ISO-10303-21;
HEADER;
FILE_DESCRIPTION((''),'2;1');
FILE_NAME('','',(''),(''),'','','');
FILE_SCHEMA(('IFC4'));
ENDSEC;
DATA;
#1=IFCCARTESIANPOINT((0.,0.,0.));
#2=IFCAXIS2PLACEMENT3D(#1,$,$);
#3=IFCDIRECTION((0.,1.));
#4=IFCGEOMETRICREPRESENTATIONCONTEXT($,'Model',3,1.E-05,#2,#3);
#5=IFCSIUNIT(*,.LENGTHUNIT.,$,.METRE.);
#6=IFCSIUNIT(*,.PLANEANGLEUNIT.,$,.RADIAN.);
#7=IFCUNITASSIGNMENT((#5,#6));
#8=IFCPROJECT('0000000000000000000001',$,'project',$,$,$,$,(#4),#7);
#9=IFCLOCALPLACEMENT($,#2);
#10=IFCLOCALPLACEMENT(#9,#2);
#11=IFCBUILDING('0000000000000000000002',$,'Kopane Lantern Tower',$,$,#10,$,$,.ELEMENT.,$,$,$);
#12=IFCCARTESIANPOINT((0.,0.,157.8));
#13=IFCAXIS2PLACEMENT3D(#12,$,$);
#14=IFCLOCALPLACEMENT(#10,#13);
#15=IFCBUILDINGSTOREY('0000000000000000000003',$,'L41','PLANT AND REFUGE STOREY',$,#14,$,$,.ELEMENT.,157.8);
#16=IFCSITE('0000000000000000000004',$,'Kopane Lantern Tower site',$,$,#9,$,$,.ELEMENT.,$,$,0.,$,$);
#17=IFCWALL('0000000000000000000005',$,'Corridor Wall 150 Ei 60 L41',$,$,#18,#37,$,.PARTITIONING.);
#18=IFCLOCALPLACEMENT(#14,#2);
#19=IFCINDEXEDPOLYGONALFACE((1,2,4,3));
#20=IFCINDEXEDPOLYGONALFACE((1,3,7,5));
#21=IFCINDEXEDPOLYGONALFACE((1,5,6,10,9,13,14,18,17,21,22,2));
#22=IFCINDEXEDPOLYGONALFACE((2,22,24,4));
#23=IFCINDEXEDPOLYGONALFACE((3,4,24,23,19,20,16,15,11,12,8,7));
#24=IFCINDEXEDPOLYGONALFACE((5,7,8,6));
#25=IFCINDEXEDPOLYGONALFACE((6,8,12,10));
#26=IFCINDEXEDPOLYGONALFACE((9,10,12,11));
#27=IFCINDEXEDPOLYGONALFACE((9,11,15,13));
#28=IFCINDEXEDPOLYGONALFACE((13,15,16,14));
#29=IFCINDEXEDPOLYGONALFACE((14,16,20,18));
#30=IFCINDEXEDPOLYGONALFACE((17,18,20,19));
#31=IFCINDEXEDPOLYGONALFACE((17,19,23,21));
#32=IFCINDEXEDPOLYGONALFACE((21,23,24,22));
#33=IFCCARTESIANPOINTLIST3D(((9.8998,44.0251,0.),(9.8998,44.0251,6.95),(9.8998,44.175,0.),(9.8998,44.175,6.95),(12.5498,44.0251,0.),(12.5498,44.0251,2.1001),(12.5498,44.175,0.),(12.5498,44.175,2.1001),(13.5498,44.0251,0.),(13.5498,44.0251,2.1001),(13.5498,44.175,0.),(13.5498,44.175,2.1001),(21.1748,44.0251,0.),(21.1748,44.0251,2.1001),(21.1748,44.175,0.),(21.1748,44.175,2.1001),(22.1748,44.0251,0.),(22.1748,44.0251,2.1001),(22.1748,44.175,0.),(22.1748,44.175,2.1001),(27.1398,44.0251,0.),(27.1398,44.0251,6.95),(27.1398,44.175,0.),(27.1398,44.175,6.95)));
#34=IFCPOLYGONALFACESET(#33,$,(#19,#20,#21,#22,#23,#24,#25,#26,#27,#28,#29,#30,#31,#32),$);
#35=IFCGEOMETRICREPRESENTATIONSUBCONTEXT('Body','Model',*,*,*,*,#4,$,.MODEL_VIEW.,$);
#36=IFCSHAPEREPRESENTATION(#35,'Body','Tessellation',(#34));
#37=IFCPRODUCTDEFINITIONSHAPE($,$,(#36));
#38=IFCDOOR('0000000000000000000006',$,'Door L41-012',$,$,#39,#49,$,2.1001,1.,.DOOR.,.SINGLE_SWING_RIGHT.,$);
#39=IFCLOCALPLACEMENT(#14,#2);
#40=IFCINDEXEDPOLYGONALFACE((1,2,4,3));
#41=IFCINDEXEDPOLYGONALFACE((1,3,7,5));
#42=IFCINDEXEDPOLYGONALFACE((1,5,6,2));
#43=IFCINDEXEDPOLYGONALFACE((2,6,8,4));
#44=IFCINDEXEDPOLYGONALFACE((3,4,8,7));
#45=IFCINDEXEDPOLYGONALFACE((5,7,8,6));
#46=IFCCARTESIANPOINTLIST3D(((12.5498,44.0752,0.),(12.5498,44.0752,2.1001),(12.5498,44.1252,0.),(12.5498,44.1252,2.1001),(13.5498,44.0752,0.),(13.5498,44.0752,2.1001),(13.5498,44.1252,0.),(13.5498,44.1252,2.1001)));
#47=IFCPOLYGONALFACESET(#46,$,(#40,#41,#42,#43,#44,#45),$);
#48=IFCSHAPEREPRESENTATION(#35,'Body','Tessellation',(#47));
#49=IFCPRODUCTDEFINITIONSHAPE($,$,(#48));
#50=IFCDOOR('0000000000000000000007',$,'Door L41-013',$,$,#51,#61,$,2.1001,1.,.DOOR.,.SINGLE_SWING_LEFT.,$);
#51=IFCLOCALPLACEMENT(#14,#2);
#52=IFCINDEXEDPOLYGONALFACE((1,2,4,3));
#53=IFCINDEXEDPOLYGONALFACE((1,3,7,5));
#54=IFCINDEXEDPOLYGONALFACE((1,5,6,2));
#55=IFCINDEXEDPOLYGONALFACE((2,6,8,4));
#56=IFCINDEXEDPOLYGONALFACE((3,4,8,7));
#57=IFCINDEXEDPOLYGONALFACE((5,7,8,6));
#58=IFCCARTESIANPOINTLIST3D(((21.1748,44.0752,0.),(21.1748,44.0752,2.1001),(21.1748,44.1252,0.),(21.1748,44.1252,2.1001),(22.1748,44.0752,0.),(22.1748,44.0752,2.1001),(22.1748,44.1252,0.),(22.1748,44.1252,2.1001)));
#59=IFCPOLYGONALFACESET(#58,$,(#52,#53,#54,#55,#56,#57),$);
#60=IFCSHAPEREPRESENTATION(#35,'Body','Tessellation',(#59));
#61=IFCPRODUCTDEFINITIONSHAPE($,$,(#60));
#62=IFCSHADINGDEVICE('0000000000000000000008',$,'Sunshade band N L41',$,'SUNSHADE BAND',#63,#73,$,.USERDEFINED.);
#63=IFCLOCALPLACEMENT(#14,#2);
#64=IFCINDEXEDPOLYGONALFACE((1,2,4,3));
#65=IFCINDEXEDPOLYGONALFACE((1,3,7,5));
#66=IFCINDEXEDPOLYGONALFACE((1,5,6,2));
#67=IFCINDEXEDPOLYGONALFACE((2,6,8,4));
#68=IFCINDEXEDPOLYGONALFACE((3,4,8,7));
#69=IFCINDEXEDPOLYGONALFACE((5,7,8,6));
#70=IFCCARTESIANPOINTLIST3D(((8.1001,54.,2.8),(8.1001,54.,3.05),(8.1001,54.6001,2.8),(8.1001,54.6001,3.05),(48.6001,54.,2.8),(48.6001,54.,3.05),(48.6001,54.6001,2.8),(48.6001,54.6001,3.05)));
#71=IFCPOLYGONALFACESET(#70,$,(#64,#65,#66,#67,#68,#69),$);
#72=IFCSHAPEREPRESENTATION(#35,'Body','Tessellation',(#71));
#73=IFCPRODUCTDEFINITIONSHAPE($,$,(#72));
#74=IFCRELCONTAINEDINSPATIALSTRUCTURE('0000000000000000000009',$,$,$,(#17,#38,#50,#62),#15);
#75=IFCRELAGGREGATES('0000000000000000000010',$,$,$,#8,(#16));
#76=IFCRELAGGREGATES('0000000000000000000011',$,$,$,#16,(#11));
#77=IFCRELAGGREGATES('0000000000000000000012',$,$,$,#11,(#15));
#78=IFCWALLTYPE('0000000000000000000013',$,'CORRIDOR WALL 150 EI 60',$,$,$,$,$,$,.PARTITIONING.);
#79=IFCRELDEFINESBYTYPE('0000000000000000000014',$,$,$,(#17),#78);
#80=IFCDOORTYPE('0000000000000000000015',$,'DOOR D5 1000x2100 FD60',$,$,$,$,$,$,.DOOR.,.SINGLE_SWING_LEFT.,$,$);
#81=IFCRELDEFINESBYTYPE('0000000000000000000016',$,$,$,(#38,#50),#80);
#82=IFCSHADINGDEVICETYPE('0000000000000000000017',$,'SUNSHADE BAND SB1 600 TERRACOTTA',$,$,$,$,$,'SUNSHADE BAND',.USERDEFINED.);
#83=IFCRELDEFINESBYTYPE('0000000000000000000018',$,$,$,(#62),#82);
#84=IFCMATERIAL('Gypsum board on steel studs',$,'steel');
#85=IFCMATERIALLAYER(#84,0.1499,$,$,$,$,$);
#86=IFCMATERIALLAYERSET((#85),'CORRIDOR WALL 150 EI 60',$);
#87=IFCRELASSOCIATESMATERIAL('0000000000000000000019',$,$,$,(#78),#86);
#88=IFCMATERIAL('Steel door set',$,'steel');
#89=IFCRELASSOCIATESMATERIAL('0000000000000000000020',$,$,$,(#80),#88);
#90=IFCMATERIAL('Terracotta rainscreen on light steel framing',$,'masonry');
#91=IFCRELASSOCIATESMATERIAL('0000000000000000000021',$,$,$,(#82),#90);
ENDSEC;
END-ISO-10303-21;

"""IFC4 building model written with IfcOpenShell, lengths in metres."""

from ifc_helpers import new_model, si_unit, direction, frame, frame_2d, origin, origin_2d, place, context, subcontext, project, spatial, rectangle, extrude, material, layer, layer_set, type_object, element, fill, save


model = new_model("IFC4")

# Units and contexts
model_context = context("Model", 3, precision=1e-05, world=origin(), true_north=direction((0.0, 1.0)))
body_context = subcontext(model_context, "Body", "Model", "MODEL_VIEW")
ifc_project = project(units=[si_unit("LENGTHUNIT", "METRE"), si_unit("PLANEANGLEUNIT", "RADIAN")], contexts=[model_context])

# Site, building, storey
site_placement = place(None, origin())
site = spatial("IfcSite", under=ifc_project, at=site_placement, Name="Kopane Lantern Tower site", CompositionType="ELEMENT", RefElevation=0.0)
building_placement = place(site_placement, origin())
building = spatial("IfcBuilding", under=site, at=building_placement, Name="Kopane Lantern Tower", CompositionType="ELEMENT")
storey_placement = place(building_placement, frame((0.0, 0.0, 157.8)))
storey = spatial("IfcBuildingStorey", under=building, at=storey_placement, Name="L41", Description="PLANT AND REFUGE STOREY", CompositionType="ELEMENT", Elevation=157.8)

# Wall, openings, doors
ifc_material_1 = material(Name="Gypsum board on steel studs", Category="steel")
ifc_layer = layer(ifc_material_1, 0.1499)
ifc_layer_set = layer_set([ifc_layer], Name="CORRIDOR WALL 150 EI 60")
wall_type = type_object("IfcWallType", Name="CORRIDOR WALL 150 EI 60", PredefinedType="PARTITIONING", material=ifc_layer_set)
wall_placement = place(storey_placement, frame((27.1399, 44.1001, 0.0), z_axis=(0.0, 0.0, 1.0), x_axis=(-1.0, 0.0, 0.0)))
wall = element("IfcWall", 1, at=wall_placement, inside=storey, type_object=wall_type, Name="Corridor Wall 150 Ei 60 L41", PredefinedType="PARTITIONING", context=body_context, shape_type="SweptSolid", body=[
    extrude(rectangle(XDim=17.24, YDim=0.1499, at=frame_2d((8.6201, 0.0))), origin(), (0.0, 0.0, 1.0), 6.95),
])
opening_1_placement = place(wall_placement, frame((13.5901, 0.0, 0.0)))
opening_1 = element("IfcOpeningElement", 2, at=opening_1_placement, cuts=wall, PredefinedType="OPENING", context=body_context, shape_type="SweptSolid", body=[
    extrude(rectangle(XDim=1.0, YDim=2.1001, at=frame_2d((0.5, 1.05))), frame((0.0, 0.085, 0.0), z_axis=(0.0, -1.0, 0.0), x_axis=(1.0, 0.0, 0.0)), (0.0, 0.0, 1.0), 0.1699),
])
opening_2_placement = place(wall_placement, frame((4.9651, 0.0, 0.0)))
opening_2 = element("IfcOpeningElement", 3, at=opening_2_placement, cuts=wall, PredefinedType="OPENING", context=body_context, shape_type="SweptSolid", body=[
    extrude(rectangle(XDim=1.0, YDim=2.1001, at=frame_2d((0.5, 1.05))), frame((0.0, 0.085, 0.0), z_axis=(0.0, -1.0, 0.0), x_axis=(1.0, 0.0, 0.0)), (0.0, 0.0, 1.0), 0.1699),
])
ifc_material_2 = material(Name="Steel door set", Category="steel")
door_type = type_object("IfcDoorType", Name="DOOR D5 1000x2100 FD60", OperationType="SINGLE_SWING_LEFT", PredefinedType="DOOR", material=ifc_material_2)
door_1_placement = place(opening_1_placement, origin())
door_1 = element("IfcDoor", 4, at=door_1_placement, inside=storey, type_object=door_type, Name="Door L41-012", OperationType="SINGLE_SWING_RIGHT", OverallHeight=2.1001, OverallWidth=1.0, PredefinedType="DOOR", context=body_context, shape_type="SweptSolid", body=[
    extrude(rectangle(XDim=1.0, YDim=2.1001, at=frame_2d((0.5, 1.05))), frame((0.0, 0.0249, 0.0), z_axis=(0.0, -1.0, 0.0), x_axis=(1.0, 0.0, 0.0)), (0.0, 0.0, 1.0), 0.05),
])
fill(opening_1, door_1)
door_2_placement = place(opening_2_placement, origin())
door_2 = element("IfcDoor", 5, at=door_2_placement, inside=storey, type_object=door_type, Name="Door L41-013", OperationType="SINGLE_SWING_LEFT", OverallHeight=2.1001, OverallWidth=1.0, PredefinedType="DOOR", context=body_context, shape_type="SweptSolid", body=[
    extrude(rectangle(XDim=1.0, YDim=2.1001, at=frame_2d((0.5, 1.05))), frame((0.0, 0.0249, 0.0), z_axis=(0.0, -1.0, 0.0), x_axis=(1.0, 0.0, 0.0)), (0.0, 0.0, 1.0), 0.05),
])
fill(opening_2, door_2)

# Shading device
ifc_material_3 = material(Name="Terracotta rainscreen on light steel framing", Category="masonry")
shading_device_type = type_object("IfcShadingDeviceType", Name="SUNSHADE BAND SB1 600 TERRACOTTA", ElementType="SUNSHADE BAND", PredefinedType="USERDEFINED", material=ifc_material_3)
shading_device_placement = place(storey_placement, frame((28.3501, 54.3, 2.8), z_axis=(0.0, 0.0, 1.0), x_axis=(-1.0, 0.0, 0.0)))
element("IfcShadingDevice", 6, at=shading_device_placement, inside=storey, type_object=shading_device_type, Name="Sunshade band N L41", ObjectType="SUNSHADE BAND", PredefinedType="USERDEFINED", context=body_context, shape_type="SweptSolid", body=[
    extrude(rectangle(XDim=40.5, YDim=0.6001, at=origin_2d()), origin(), (0.0, 0.0, 1.0), 0.25),
])

save(model, "model.ifc")
